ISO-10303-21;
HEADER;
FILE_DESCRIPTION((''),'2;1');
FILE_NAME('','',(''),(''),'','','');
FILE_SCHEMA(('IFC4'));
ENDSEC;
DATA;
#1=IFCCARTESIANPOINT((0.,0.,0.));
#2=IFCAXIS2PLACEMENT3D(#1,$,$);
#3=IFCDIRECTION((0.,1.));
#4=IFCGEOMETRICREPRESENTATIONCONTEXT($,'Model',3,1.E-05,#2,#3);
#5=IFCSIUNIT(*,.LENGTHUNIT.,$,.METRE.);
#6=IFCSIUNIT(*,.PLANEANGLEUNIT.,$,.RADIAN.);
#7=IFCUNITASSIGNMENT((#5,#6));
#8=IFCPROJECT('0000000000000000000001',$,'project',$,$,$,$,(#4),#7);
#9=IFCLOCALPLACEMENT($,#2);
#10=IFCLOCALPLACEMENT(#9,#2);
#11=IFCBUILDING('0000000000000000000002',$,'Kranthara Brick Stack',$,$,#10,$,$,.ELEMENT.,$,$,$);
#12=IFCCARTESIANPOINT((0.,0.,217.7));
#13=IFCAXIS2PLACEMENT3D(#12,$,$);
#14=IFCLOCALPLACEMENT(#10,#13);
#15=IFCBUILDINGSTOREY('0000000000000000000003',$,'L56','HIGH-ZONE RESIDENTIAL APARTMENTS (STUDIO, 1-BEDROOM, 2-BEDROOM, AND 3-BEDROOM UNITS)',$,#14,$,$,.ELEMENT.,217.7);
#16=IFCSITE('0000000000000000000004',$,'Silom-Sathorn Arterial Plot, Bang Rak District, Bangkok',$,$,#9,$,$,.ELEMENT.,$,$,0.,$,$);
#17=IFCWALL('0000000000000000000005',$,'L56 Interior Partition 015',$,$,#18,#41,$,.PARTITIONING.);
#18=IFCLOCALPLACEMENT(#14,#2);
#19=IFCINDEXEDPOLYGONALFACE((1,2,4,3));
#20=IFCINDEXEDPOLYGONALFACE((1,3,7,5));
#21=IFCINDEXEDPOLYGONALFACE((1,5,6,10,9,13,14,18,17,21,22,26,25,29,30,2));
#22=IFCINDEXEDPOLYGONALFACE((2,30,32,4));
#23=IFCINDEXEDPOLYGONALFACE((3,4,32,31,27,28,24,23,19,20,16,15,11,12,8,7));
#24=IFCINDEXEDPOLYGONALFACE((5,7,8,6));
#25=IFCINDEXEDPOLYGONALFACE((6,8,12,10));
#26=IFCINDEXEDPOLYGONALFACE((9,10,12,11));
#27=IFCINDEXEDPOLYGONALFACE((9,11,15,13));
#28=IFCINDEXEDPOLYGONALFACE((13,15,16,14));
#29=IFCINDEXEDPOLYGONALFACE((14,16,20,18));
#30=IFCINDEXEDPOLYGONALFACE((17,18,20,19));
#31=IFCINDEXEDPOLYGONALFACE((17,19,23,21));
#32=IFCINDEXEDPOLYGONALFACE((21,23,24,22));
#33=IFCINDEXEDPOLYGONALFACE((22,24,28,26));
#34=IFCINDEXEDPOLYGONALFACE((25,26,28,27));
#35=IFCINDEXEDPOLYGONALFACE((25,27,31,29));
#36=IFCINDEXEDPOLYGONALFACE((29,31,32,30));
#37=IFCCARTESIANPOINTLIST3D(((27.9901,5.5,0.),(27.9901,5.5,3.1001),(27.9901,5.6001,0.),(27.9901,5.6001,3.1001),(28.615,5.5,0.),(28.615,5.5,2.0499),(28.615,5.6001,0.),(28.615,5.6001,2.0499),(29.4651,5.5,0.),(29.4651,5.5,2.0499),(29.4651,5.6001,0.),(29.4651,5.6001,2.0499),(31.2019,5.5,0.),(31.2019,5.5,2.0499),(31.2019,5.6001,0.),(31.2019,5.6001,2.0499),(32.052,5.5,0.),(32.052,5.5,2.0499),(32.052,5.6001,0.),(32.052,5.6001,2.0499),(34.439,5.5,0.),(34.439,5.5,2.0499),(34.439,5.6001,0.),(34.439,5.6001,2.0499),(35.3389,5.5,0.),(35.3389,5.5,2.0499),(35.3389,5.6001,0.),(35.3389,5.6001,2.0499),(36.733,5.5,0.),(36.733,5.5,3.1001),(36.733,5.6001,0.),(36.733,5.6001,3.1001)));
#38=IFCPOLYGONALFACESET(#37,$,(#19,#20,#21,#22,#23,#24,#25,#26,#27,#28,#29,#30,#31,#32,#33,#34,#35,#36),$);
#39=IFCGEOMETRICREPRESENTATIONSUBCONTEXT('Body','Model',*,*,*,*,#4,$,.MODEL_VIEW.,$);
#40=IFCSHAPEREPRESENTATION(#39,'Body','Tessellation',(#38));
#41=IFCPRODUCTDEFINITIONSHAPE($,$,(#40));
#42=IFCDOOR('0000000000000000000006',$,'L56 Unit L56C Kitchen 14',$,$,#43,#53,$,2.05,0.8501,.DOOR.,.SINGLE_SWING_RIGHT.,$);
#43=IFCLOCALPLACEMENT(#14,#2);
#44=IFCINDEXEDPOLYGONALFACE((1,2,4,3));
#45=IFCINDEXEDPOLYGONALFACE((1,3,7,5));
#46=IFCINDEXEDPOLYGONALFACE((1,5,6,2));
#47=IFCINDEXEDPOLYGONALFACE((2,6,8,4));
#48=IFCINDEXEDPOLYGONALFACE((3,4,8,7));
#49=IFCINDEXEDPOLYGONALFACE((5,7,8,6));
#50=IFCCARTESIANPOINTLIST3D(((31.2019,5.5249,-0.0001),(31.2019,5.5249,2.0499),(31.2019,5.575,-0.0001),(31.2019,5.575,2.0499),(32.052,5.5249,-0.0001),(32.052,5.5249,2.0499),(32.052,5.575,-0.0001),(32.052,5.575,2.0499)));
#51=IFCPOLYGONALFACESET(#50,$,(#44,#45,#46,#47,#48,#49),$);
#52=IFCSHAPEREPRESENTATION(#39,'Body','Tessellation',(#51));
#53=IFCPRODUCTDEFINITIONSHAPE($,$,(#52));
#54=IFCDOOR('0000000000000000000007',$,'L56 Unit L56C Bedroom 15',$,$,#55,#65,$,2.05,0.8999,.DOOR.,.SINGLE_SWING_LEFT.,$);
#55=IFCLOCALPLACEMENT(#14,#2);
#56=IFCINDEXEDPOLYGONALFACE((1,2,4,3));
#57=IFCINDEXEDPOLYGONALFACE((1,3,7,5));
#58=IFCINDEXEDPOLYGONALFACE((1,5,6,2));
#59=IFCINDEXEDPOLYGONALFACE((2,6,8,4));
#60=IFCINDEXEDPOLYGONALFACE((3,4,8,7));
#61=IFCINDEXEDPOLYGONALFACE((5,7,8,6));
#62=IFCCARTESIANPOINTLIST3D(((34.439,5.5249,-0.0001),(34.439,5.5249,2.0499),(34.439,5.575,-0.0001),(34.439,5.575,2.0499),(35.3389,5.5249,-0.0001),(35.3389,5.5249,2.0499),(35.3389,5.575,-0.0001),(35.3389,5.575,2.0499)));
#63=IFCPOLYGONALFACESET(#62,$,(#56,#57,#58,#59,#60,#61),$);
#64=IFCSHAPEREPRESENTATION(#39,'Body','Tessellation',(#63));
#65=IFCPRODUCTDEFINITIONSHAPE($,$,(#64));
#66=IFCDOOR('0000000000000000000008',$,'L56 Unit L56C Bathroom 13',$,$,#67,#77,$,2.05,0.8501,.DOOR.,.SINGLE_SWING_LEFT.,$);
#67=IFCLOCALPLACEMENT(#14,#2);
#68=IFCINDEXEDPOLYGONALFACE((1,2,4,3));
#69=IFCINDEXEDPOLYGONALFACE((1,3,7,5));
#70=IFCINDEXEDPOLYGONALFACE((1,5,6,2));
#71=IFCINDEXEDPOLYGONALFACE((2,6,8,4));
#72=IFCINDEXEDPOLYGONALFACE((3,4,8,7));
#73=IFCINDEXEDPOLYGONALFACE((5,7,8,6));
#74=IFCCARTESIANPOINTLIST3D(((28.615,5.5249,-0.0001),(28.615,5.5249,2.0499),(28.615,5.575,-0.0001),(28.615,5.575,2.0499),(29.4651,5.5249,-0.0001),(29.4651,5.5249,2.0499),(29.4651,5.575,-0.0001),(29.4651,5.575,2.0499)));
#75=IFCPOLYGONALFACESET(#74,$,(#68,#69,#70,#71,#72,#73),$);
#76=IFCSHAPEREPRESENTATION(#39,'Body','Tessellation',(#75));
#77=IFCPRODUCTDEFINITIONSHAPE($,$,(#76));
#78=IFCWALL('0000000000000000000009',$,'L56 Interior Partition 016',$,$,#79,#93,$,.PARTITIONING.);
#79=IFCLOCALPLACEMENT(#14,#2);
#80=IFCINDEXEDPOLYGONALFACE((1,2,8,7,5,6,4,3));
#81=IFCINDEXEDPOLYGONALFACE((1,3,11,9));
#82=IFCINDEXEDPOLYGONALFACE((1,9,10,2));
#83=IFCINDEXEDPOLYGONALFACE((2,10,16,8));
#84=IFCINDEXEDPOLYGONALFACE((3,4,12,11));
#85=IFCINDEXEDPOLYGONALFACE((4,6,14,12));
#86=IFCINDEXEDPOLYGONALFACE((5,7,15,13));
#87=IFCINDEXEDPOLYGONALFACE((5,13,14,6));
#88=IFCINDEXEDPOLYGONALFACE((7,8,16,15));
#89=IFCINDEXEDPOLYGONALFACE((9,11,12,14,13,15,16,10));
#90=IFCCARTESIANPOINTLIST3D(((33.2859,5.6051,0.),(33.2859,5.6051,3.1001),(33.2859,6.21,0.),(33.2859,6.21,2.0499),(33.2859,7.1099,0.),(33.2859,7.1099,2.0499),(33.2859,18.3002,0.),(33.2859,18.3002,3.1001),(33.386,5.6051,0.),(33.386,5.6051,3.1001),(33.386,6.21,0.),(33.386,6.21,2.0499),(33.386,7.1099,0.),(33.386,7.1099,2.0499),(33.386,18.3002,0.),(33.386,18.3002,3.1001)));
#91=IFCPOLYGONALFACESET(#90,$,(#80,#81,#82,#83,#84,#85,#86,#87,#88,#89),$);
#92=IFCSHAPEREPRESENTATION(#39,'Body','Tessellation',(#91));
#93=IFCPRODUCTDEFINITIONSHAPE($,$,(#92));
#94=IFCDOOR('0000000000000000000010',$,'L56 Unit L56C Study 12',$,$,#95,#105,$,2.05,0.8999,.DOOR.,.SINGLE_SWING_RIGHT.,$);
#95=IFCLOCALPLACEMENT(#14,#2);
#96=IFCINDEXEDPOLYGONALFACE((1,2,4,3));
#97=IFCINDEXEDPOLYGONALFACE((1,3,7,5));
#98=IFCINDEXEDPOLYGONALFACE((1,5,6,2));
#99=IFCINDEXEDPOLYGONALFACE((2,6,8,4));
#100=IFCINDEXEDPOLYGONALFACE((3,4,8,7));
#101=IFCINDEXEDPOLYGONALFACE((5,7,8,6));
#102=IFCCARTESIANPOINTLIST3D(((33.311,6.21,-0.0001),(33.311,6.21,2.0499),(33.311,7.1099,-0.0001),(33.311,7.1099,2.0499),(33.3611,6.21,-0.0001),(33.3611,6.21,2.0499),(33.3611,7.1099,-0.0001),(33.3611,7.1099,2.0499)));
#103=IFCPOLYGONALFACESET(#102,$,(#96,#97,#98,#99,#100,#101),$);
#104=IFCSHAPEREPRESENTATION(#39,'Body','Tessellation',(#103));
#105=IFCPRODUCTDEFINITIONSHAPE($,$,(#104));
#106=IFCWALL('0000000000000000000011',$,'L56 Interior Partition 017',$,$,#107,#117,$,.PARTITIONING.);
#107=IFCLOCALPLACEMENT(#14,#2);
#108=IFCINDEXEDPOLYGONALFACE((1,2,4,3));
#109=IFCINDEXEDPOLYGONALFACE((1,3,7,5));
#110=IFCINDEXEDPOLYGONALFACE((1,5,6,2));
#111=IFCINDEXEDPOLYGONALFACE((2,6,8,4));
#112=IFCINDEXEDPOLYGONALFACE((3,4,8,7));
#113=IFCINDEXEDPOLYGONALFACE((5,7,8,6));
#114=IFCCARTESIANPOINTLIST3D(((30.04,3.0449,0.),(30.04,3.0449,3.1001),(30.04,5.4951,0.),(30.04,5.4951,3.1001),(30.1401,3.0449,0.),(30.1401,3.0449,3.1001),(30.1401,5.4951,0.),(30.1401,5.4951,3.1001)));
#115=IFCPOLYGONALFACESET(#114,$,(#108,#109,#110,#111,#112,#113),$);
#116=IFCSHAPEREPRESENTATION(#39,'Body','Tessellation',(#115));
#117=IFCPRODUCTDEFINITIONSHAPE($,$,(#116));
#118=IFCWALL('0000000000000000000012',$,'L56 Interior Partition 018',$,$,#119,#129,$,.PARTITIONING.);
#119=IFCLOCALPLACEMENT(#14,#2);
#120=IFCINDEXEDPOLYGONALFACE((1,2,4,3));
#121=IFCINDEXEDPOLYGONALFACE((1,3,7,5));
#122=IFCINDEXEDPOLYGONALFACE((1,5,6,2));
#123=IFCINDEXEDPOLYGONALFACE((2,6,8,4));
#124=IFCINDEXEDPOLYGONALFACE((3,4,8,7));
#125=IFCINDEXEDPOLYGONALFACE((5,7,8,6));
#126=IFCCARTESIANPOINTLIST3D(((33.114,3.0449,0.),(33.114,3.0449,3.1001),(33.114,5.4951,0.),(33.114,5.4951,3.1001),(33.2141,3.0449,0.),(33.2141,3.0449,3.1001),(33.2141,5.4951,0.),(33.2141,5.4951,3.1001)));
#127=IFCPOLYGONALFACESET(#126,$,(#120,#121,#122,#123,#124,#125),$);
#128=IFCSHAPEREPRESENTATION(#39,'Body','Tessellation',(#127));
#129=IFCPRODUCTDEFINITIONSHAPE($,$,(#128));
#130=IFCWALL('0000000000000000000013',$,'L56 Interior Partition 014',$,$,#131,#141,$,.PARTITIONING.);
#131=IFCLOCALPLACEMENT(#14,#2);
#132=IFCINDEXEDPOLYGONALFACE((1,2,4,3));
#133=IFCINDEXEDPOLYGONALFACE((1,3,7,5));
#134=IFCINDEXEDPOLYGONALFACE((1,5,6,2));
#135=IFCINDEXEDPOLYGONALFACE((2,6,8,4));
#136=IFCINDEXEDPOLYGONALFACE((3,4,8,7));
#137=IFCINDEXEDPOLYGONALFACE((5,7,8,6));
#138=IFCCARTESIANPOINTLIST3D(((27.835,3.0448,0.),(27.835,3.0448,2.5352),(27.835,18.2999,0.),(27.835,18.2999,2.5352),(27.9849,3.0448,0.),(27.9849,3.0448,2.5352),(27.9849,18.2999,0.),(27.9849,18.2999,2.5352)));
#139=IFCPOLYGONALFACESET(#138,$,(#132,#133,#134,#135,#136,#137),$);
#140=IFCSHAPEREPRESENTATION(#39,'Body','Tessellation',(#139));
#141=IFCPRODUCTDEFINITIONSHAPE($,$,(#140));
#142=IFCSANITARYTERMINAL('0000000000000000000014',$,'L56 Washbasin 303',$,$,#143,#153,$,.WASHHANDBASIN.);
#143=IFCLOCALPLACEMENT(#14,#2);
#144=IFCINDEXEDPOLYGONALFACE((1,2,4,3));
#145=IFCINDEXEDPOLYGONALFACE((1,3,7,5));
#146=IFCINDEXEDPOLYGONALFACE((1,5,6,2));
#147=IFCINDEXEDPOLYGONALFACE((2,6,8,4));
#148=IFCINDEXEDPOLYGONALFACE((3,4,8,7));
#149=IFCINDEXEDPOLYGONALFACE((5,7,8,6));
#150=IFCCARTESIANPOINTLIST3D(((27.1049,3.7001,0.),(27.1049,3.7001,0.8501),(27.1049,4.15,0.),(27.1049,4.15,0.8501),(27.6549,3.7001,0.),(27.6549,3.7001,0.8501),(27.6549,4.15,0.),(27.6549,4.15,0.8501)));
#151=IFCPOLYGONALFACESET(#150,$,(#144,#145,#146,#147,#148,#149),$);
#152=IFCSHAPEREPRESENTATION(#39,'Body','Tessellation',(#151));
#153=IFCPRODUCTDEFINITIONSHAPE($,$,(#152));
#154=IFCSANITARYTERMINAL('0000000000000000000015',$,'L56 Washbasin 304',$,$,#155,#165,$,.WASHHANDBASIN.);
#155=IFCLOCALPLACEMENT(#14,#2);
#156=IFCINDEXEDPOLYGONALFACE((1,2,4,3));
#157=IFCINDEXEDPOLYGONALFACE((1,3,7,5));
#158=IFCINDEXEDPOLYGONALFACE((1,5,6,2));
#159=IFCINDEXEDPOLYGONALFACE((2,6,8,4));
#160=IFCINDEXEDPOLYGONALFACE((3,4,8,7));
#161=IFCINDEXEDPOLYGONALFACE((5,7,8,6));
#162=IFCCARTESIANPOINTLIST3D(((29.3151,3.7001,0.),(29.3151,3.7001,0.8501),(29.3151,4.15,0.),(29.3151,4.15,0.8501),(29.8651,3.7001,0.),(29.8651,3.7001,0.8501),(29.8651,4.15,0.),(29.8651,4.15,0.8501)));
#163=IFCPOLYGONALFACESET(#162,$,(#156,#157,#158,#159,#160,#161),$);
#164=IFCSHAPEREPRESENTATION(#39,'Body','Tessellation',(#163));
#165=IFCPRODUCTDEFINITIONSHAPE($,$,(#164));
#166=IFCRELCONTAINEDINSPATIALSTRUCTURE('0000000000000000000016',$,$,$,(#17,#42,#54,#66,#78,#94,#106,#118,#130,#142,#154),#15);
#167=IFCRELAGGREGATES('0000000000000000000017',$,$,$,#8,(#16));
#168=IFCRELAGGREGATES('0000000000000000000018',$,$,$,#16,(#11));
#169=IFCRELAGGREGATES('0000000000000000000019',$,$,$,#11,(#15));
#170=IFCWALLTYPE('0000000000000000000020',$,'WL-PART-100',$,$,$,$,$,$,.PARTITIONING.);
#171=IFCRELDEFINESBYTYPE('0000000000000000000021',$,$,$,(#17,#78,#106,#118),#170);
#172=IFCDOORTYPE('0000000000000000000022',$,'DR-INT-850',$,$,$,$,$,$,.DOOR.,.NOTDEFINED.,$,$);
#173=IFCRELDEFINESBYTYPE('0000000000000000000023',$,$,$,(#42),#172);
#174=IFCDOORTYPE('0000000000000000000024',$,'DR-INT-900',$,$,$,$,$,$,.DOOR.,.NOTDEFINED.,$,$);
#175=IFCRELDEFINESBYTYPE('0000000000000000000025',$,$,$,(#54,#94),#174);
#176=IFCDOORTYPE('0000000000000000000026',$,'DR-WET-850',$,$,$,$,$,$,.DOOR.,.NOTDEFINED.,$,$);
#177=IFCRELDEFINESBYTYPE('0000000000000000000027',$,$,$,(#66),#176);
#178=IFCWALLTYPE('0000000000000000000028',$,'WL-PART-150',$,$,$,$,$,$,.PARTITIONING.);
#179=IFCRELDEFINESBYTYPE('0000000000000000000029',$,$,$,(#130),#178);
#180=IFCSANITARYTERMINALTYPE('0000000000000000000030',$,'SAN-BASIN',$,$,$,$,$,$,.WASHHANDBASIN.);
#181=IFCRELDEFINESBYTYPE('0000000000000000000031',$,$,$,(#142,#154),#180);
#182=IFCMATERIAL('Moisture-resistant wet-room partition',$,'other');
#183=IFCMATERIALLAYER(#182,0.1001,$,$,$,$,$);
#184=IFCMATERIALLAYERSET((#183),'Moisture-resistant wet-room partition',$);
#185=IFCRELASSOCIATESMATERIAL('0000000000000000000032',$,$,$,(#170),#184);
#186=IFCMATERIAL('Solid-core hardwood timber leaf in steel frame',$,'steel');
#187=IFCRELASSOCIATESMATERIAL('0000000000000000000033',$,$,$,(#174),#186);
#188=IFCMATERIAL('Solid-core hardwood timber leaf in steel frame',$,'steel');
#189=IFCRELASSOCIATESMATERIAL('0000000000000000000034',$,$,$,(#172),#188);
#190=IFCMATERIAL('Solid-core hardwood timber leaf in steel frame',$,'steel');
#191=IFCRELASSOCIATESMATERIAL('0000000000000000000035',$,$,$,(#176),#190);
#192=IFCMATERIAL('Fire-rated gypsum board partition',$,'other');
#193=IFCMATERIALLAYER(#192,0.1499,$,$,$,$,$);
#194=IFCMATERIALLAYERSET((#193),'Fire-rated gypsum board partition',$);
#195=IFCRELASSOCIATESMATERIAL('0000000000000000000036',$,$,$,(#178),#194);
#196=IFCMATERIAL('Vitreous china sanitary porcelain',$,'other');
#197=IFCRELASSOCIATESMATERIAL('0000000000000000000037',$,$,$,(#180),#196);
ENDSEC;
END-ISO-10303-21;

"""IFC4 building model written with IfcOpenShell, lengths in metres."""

from ifc_helpers import new_model, si_unit, direction, frame, frame_2d, origin, origin_2d, place, context, subcontext, project, spatial, rectangle, extrude, material, layer, layer_set, type_object, element, fill, save


model = new_model("IFC4")

# Units and contexts
model_context = context("Model", 3, precision=1e-05, world=origin(), true_north=direction((0.0, 1.0)))
body_context = subcontext(model_context, "Body", "Model", "MODEL_VIEW")
ifc_project = project(units=[si_unit("LENGTHUNIT", "METRE"), si_unit("PLANEANGLEUNIT", "RADIAN")], contexts=[model_context])

# Site, building, storey
site_placement = place(None, origin())
site = spatial("IfcSite", under=ifc_project, at=site_placement, Name="Silom-Sathorn Arterial Plot, Bang Rak District, Bangkok", CompositionType="ELEMENT", RefElevation=0.0)
building_placement = place(site_placement, origin())
building = spatial("IfcBuilding", under=site, at=building_placement, Name="Kranthara Brick Stack", CompositionType="ELEMENT")
storey_placement = place(building_placement, frame((0.0, 0.0, 217.7)))
storey = spatial("IfcBuildingStorey", under=building, at=storey_placement, Name="L56", Description="HIGH-ZONE RESIDENTIAL APARTMENTS (STUDIO, 1-BEDROOM, 2-BEDROOM, AND 3-BEDROOM UNITS)", CompositionType="ELEMENT", Elevation=217.7)

# Shared definitions
ifc_material_1 = material(Name="Moisture-resistant wet-room partition", Category="other")
ifc_layer_1 = layer(ifc_material_1, 0.1001)
ifc_layer_set_1 = layer_set([ifc_layer_1], Name="Moisture-resistant wet-room partition")
wall_type_1 = type_object("IfcWallType", Name="WL-PART-100", PredefinedType="PARTITIONING", material=ifc_layer_set_1)
ifc_material_2 = material(Name="Solid-core hardwood timber leaf in steel frame", Category="steel")
door_type_1 = type_object("IfcDoorType", Name="DR-INT-900", OperationType="NOTDEFINED", PredefinedType="DOOR", material=ifc_material_2)

# Wall, openings, doors
wall_1_placement = place(storey_placement, frame((27.99, 5.55, 0.0), z_axis=(0.0, 0.0, 1.0), x_axis=(1.0, 0.0, 0.0)))
wall_1 = element("IfcWall", 1, at=wall_1_placement, inside=storey, type_object=wall_type_1, Name="L56 Interior Partition 015", PredefinedType="PARTITIONING", context=body_context, shape_type="SweptSolid", body=[
    extrude(rectangle(XDim=8.7429, YDim=0.1001, at=frame_2d((4.3716, 0.0))), origin(), (0.0, 0.0, 1.0), 3.1001),
])
opening_1_placement = place(wall_1_placement, frame((0.625, 0.0, 0.0)))
opening_1 = element("IfcOpeningElement", 2, at=opening_1_placement, cuts=wall_1, PredefinedType="OPENING", context=body_context, shape_type="SweptSolid", body=[
    extrude(rectangle(XDim=0.8501, YDim=2.05, at=frame_2d((0.425, 1.0249))), frame((0.0, 0.0601, 0.0), z_axis=(0.0, -1.0, 0.0), x_axis=(1.0, 0.0, 0.0)), (0.0, 0.0, 1.0), 0.1201),
])
opening_2_placement = place(wall_1_placement, frame((3.2119, 0.0, 0.0)))
opening_2 = element("IfcOpeningElement", 3, at=opening_2_placement, cuts=wall_1, PredefinedType="OPENING", context=body_context, shape_type="SweptSolid", body=[
    extrude(rectangle(XDim=0.8501, YDim=2.05, at=frame_2d((0.425, 1.0249))), frame((0.0, 0.0601, 0.0), z_axis=(0.0, -1.0, 0.0), x_axis=(1.0, 0.0, 0.0)), (0.0, 0.0, 1.0), 0.1201),
])
opening_3_placement = place(wall_1_placement, frame((6.449, 0.0, 0.0)))
opening_3 = element("IfcOpeningElement", 4, at=opening_3_placement, cuts=wall_1, PredefinedType="OPENING", context=body_context, shape_type="SweptSolid", body=[
    extrude(rectangle(XDim=0.8999, YDim=2.05, at=frame_2d((0.45, 1.0249))), frame((0.0, 0.0601, 0.0), z_axis=(0.0, -1.0, 0.0), x_axis=(1.0, 0.0, 0.0)), (0.0, 0.0, 1.0), 0.1201),
])
ifc_material_3 = material(Name="Solid-core hardwood timber leaf in steel frame", Category="steel")
door_type_2 = type_object("IfcDoorType", Name="DR-INT-850", OperationType="NOTDEFINED", PredefinedType="DOOR", material=ifc_material_3)
door_1_placement = place(opening_2_placement, origin())
door_1 = element("IfcDoor", 5, at=door_1_placement, inside=storey, type_object=door_type_2, Name="L56 Unit L56C Kitchen 14", OperationType="SINGLE_SWING_RIGHT", OverallHeight=2.05, OverallWidth=0.8501, PredefinedType="DOOR", context=body_context, shape_type="SweptSolid", body=[
    extrude(rectangle(XDim=0.8501, YDim=2.05, at=frame_2d((0.425, 1.0249))), frame((0.0, 0.0249, 0.0), z_axis=(0.0, -1.0, 0.0), x_axis=(1.0, 0.0, 0.0)), (0.0, 0.0, 1.0), 0.05),
])
fill(opening_2, door_1)
door_2_placement = place(opening_3_placement, origin())
door_2 = element("IfcDoor", 6, at=door_2_placement, inside=storey, type_object=door_type_1, Name="L56 Unit L56C Bedroom 15", OperationType="SINGLE_SWING_LEFT", OverallHeight=2.05, OverallWidth=0.8999, PredefinedType="DOOR", context=body_context, shape_type="SweptSolid", body=[
    extrude(rectangle(XDim=0.8999, YDim=2.05, at=frame_2d((0.45, 1.0249))), frame((0.0, 0.0249, 0.0), z_axis=(0.0, -1.0, 0.0), x_axis=(1.0, 0.0, 0.0)), (0.0, 0.0, 1.0), 0.05),
])
fill(opening_3, door_2)
ifc_material_4 = material(Name="Solid-core hardwood timber leaf in steel frame", Category="steel")
door_type_3 = type_object("IfcDoorType", Name="DR-WET-850", OperationType="NOTDEFINED", PredefinedType="DOOR", material=ifc_material_4)
door_3_placement = place(opening_1_placement, origin())
door_3 = element("IfcDoor", 7, at=door_3_placement, inside=storey, type_object=door_type_3, Name="L56 Unit L56C Bathroom 13", OperationType="SINGLE_SWING_LEFT", OverallHeight=2.05, OverallWidth=0.8501, PredefinedType="DOOR", context=body_context, shape_type="SweptSolid", body=[
    extrude(rectangle(XDim=0.8501, YDim=2.05, at=frame_2d((0.425, 1.0249))), frame((0.0, 0.0249, 0.0), z_axis=(0.0, -1.0, 0.0), x_axis=(1.0, 0.0, 0.0)), (0.0, 0.0, 1.0), 0.05),
])
fill(opening_1, door_3)

# Wall, opening, door
wall_2_placement = place(storey_placement, frame((33.3359, 5.605, 0.0), z_axis=(0.0, 0.0, 1.0), x_axis=(0.0, 1.0, 0.0)))
wall_2 = element("IfcWall", 8, at=wall_2_placement, inside=storey, type_object=wall_type_1, Name="L56 Interior Partition 016", PredefinedType="PARTITIONING", context=body_context, shape_type="SweptSolid", body=[
    extrude(rectangle(XDim=12.6951, YDim=0.1001, at=frame_2d((6.3477, 0.0))), origin(), (0.0, 0.0, 1.0), 3.1001),
])
opening_4_placement = place(wall_2_placement, frame((0.605, 0.0, 0.0)))
opening_4 = element("IfcOpeningElement", 9, at=opening_4_placement, cuts=wall_2, PredefinedType="OPENING", context=body_context, shape_type="SweptSolid", body=[
    extrude(rectangle(XDim=0.8999, YDim=2.05, at=frame_2d((0.45, 1.0249))), frame((0.0, 0.0601, 0.0), z_axis=(0.0, -1.0, 0.0), x_axis=(1.0, 0.0, 0.0)), (0.0, 0.0, 1.0), 0.1201),
])
door_4_placement = place(opening_4_placement, origin())
door_4 = element("IfcDoor", 10, at=door_4_placement, inside=storey, type_object=door_type_1, Name="L56 Unit L56C Study 12", OperationType="SINGLE_SWING_RIGHT", OverallHeight=2.05, OverallWidth=0.8999, PredefinedType="DOOR", context=body_context, shape_type="SweptSolid", body=[
    extrude(rectangle(XDim=0.8999, YDim=2.05, at=frame_2d((0.45, 1.0249))), frame((0.0, 0.0249, 0.0), z_axis=(0.0, -1.0, 0.0), x_axis=(1.0, 0.0, 0.0)), (0.0, 0.0, 1.0), 0.05),
])
fill(opening_4, door_4)

# Walls
for number, where, z_axis, x_axis, name in (
    (11, (30.0901, 3.0449, 0.0), (0.0, 0.0, 1.0), (0.0, 1.0, 0.0), "L56 Interior Partition 017"),
    (12, (33.1641, 3.0449, 0.0), (0.0, 0.0, 1.0), (0.0, 1.0, 0.0), "L56 Interior Partition 018"),
):
    element("IfcWall", number, at=place(storey_placement, frame(where, z_axis=z_axis, x_axis=x_axis)), inside=storey, type_object=wall_type_1, Name=name, PredefinedType="PARTITIONING", context=body_context, shape_type="SweptSolid", body=[
        extrude(rectangle(XDim=2.4502, YDim=0.1001, at=frame_2d((1.2251, 0.0))), origin(), (0.0, 0.0, 1.0), 3.1001),
    ])
ifc_material_5 = material(Name="Fire-rated gypsum board partition", Category="other")
ifc_layer_2 = layer(ifc_material_5, 0.1499)
ifc_layer_set_2 = layer_set([ifc_layer_2], Name="Fire-rated gypsum board partition")
wall_type_2 = type_object("IfcWallType", Name="WL-PART-150", PredefinedType="PARTITIONING", material=ifc_layer_set_2)
wall_3_placement = place(storey_placement, frame((27.9099, 3.0449, 0.0), z_axis=(0.0, 0.0, 1.0), x_axis=(0.0, 1.0, 0.0)))
element("IfcWall", 13, at=wall_3_placement, inside=storey, type_object=wall_type_2, Name="L56 Interior Partition 014", PredefinedType="PARTITIONING", context=body_context, shape_type="SweptSolid", body=[
    extrude(rectangle(XDim=15.2551, YDim=0.1499, at=frame_2d((7.6274, 0.0))), origin(), (0.0, 0.0, 1.0), 2.5352),
])

# Sanitary terminals
ifc_material_6 = material(Name="Vitreous china sanitary porcelain", Category="other")
sanitary_terminal_type_1 = type_object("IfcSanitaryTerminalType", Name="SAN-BASIN", PredefinedType="WASHHANDBASIN", material=ifc_material_6)
for number, where, z_axis, x_axis, name in (
    (14, (27.3799, 3.925, 0.0), (0.0, 0.0, 1.0), (1.0, 0.0, 0.0), "L56 Washbasin 303"),
    (15, (29.5901, 3.925, 0.0), (0.0, 0.0, 1.0), (1.0, 0.0, 0.0), "L56 Washbasin 304"),
):
    element("IfcSanitaryTerminal", number, at=place(storey_placement, frame(where, z_axis=z_axis, x_axis=x_axis)), inside=storey, type_object=sanitary_terminal_type_1, Name=name, PredefinedType="WASHHANDBASIN", context=body_context, shape_type="SweptSolid", body=[
        extrude(rectangle(XDim=0.55, YDim=0.45, at=origin_2d()), origin(), (0.0, 0.0, 1.0), 0.8501),
    ])

save(model, "model.ifc")
